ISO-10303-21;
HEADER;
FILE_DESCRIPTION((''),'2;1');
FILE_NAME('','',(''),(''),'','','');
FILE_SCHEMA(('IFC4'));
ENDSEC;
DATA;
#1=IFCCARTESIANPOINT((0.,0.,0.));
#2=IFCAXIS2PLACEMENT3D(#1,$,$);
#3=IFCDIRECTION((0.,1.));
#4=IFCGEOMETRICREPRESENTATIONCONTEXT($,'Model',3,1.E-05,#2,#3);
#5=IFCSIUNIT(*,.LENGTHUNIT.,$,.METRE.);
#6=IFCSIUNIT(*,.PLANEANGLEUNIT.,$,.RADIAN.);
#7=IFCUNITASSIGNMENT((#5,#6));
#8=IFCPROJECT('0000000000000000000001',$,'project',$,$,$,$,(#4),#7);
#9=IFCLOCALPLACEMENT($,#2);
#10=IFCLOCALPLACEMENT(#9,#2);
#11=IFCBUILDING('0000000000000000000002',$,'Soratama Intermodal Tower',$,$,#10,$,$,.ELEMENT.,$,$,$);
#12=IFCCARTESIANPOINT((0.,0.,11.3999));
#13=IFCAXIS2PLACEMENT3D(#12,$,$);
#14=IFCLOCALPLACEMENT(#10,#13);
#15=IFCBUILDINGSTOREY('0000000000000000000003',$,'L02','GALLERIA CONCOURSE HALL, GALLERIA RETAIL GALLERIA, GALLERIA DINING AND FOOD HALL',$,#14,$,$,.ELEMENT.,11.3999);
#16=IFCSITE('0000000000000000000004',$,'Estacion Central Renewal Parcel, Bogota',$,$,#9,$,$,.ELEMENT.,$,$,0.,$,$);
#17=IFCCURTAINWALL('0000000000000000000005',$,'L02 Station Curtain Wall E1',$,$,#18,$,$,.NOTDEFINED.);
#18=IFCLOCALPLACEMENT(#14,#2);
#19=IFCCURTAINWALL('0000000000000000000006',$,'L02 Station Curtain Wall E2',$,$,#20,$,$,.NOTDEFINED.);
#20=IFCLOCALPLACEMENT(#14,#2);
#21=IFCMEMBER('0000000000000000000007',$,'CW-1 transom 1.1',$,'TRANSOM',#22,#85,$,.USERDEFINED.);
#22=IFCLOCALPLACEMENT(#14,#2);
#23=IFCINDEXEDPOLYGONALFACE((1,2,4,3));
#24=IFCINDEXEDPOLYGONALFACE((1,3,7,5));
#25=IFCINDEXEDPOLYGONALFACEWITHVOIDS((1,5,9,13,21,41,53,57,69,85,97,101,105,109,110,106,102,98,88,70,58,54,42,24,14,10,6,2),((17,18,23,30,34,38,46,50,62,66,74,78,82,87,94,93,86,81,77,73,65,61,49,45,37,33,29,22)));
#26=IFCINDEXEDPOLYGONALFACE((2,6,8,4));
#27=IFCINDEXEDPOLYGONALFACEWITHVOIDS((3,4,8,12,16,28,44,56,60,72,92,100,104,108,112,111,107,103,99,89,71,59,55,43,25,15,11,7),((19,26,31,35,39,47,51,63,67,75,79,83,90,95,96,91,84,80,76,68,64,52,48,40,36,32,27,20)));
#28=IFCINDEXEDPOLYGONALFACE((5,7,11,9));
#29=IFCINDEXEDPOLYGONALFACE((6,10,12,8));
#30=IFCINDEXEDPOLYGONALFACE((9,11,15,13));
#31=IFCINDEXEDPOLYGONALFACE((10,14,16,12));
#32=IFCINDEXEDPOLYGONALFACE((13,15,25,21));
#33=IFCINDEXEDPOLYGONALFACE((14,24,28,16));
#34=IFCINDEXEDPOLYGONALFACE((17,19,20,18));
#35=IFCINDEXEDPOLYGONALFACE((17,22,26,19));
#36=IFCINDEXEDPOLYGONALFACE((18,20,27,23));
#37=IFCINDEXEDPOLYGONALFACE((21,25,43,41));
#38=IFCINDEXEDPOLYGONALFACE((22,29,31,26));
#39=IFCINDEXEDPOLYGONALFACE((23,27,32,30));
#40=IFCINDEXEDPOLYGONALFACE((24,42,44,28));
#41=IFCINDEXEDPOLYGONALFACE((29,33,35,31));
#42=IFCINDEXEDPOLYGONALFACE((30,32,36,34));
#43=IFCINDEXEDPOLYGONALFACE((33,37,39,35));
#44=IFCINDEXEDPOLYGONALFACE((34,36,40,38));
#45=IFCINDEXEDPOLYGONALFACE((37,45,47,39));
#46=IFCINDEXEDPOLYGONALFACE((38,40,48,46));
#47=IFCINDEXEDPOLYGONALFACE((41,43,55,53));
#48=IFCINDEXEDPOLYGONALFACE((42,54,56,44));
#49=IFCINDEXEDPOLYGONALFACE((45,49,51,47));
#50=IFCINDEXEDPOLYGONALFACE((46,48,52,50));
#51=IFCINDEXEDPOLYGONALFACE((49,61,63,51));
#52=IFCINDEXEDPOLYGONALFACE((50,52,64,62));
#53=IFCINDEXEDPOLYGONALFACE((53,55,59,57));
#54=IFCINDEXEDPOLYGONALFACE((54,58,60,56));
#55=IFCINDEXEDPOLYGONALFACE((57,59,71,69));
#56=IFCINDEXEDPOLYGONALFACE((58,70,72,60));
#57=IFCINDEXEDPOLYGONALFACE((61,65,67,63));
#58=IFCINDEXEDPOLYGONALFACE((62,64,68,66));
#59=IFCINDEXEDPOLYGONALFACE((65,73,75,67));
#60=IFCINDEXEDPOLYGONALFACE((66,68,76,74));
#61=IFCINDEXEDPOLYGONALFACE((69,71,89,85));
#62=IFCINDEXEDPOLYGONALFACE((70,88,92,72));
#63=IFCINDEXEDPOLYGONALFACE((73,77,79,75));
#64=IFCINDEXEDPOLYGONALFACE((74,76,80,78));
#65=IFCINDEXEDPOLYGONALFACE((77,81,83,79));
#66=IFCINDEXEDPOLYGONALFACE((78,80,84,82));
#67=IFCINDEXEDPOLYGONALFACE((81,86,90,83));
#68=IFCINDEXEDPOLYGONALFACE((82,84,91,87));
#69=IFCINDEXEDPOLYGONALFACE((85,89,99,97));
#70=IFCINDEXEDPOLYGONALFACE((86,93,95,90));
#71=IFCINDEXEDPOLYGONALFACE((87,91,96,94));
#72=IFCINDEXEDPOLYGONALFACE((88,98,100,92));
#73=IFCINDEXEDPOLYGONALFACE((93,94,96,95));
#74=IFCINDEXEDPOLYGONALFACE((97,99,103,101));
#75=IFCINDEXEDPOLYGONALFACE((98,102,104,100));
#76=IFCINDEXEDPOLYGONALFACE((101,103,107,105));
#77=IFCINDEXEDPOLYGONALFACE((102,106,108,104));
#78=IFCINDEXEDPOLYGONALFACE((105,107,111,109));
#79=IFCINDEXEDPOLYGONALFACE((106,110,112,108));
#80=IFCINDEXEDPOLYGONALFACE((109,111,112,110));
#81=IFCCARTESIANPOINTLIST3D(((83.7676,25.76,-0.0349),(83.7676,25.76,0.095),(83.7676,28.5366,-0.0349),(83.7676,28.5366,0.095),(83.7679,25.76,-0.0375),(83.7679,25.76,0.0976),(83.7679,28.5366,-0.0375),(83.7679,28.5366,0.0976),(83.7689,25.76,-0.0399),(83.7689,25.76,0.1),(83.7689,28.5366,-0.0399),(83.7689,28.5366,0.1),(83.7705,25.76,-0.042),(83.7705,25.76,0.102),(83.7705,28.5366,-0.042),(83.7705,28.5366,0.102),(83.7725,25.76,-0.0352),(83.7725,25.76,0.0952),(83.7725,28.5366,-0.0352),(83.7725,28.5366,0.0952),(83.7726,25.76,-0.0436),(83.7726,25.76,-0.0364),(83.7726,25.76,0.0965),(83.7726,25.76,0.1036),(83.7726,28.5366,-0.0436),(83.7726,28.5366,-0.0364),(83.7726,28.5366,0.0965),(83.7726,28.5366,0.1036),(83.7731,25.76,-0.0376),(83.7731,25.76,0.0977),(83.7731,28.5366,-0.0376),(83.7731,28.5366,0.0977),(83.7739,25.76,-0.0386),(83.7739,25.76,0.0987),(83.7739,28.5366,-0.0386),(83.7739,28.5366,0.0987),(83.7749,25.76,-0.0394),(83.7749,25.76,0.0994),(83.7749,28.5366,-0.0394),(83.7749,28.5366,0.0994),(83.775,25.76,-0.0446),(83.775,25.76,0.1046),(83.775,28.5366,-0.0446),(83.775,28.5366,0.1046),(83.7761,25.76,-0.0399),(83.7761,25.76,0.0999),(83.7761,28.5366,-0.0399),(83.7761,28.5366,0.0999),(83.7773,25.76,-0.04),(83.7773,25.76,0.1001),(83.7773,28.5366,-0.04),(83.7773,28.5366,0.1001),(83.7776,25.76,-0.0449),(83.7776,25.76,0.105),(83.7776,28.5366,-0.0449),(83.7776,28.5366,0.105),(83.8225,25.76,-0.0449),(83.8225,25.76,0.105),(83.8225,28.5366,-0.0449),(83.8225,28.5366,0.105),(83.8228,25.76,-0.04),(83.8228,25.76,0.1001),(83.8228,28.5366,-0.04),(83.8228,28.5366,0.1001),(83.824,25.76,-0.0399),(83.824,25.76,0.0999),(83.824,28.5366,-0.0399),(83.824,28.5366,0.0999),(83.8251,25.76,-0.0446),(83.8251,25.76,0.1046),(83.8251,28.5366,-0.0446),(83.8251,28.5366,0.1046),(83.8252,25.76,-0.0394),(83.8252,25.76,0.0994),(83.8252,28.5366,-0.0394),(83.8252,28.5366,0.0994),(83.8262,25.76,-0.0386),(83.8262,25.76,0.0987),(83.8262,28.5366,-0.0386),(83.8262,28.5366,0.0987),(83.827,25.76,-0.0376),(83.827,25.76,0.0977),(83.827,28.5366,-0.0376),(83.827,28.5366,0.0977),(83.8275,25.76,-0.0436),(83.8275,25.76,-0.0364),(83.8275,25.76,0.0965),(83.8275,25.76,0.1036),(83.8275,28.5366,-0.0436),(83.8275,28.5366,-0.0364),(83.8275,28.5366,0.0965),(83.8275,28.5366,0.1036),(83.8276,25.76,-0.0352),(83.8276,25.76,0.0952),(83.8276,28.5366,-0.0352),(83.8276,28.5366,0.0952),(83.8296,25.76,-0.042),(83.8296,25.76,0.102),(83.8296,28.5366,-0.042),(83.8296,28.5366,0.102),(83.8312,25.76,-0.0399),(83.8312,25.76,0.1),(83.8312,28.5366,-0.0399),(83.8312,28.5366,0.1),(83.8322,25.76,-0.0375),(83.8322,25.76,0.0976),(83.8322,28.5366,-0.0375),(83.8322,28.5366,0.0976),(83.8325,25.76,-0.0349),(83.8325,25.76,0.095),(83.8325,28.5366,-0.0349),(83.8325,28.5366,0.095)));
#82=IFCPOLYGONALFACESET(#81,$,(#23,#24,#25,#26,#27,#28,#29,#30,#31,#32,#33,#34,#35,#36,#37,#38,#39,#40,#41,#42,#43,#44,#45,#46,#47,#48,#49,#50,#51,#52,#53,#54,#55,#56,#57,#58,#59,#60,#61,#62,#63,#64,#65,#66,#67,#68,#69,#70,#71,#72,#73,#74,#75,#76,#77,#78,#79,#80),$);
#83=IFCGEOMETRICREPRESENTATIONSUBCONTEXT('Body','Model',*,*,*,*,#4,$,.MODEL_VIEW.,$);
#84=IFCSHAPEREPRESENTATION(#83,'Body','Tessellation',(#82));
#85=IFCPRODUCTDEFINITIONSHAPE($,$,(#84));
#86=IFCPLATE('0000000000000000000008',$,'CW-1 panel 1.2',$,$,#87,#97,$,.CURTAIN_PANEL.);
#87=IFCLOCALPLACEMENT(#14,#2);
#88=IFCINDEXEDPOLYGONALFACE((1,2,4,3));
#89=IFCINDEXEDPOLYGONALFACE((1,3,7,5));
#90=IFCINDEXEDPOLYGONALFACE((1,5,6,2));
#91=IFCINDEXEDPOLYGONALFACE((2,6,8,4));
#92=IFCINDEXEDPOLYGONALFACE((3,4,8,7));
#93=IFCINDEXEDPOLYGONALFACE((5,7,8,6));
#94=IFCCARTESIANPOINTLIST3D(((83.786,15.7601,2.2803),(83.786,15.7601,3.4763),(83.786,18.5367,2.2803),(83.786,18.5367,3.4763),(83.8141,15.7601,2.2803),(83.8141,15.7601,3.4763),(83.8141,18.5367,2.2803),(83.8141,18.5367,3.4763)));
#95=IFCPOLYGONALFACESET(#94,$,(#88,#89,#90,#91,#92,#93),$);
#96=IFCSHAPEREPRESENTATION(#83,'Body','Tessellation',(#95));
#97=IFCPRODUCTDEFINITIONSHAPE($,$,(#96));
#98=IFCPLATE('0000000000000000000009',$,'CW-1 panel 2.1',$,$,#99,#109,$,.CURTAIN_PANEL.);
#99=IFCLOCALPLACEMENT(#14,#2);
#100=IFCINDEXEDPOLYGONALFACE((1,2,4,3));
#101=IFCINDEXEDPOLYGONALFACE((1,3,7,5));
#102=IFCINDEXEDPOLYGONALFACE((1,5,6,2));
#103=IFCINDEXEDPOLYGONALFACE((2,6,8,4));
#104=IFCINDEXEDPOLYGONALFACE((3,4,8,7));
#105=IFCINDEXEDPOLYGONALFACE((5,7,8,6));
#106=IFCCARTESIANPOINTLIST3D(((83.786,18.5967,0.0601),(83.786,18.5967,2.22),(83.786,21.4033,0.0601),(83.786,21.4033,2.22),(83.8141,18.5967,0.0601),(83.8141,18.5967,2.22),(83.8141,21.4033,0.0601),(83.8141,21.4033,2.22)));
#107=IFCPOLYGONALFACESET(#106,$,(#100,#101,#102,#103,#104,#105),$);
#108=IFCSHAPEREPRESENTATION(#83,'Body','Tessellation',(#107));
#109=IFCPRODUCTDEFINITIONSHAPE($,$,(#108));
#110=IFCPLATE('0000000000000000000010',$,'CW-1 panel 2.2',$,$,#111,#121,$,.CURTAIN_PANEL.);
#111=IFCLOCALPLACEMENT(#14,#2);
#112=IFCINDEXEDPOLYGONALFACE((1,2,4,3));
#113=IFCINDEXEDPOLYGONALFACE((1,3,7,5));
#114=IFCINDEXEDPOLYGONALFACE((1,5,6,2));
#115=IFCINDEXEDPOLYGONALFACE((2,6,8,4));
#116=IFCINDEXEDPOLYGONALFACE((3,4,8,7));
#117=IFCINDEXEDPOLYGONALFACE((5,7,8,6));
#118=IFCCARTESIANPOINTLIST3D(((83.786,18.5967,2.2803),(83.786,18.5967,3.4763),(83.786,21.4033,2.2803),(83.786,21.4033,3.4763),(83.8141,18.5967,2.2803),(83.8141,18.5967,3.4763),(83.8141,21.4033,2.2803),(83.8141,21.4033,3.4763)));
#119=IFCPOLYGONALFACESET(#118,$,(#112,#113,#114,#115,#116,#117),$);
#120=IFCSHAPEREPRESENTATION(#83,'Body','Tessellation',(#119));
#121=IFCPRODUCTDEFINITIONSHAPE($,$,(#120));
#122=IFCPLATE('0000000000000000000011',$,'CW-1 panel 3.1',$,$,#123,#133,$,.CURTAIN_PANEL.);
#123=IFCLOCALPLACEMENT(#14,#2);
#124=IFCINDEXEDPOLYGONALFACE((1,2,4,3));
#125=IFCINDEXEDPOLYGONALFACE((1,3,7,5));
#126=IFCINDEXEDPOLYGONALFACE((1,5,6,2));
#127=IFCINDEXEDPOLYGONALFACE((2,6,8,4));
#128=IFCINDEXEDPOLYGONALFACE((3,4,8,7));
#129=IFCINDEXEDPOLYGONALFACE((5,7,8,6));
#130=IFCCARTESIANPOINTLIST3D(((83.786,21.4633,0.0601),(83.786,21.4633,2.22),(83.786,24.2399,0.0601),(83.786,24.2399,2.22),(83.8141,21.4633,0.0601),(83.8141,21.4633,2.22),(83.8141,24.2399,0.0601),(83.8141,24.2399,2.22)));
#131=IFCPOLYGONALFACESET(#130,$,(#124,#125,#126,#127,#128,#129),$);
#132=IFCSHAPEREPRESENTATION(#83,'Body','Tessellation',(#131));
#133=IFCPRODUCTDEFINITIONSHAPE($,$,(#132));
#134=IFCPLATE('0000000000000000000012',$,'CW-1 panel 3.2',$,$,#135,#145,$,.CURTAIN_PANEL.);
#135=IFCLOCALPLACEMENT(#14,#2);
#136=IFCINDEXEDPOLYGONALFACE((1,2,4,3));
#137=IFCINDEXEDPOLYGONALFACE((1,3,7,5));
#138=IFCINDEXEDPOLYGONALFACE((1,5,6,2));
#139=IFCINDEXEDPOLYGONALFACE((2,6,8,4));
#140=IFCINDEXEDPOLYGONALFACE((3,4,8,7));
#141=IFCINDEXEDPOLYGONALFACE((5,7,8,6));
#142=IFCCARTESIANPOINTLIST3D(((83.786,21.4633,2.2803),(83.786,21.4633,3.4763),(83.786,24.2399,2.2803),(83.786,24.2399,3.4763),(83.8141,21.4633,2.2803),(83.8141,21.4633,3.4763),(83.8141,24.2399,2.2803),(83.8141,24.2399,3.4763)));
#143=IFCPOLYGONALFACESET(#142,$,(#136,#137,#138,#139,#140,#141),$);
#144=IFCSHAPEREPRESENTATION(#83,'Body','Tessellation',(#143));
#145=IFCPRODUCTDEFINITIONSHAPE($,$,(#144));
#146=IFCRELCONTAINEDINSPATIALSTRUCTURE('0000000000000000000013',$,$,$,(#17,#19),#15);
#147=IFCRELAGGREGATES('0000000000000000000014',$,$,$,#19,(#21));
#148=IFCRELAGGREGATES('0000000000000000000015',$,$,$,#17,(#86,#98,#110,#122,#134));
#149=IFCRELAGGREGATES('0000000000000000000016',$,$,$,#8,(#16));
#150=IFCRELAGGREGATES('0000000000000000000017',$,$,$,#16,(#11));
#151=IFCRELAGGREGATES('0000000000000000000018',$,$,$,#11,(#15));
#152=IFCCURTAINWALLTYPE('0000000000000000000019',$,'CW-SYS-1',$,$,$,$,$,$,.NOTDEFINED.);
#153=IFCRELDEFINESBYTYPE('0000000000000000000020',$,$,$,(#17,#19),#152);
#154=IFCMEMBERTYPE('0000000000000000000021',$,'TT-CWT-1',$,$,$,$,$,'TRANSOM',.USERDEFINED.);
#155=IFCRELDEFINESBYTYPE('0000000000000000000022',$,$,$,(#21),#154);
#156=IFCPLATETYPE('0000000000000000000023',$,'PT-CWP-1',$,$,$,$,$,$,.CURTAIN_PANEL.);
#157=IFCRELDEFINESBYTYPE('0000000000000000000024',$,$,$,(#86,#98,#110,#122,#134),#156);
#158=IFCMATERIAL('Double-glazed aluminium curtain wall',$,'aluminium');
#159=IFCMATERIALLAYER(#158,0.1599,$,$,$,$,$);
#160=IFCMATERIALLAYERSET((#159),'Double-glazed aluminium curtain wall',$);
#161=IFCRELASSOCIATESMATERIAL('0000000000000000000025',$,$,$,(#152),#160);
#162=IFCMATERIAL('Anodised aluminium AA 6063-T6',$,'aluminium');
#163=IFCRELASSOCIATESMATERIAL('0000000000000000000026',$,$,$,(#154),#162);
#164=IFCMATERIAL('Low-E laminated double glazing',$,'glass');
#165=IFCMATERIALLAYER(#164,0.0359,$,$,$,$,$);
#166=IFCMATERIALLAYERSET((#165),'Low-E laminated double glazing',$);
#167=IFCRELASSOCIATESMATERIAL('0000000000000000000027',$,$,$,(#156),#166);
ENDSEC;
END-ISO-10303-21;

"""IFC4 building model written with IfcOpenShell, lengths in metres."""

from ifc_helpers import new_model, si_unit, direction, frame, origin, origin_2d, place, context, subcontext, project, spatial, rectangle, hollow_rectangle, extrude, material, layer, layer_set, material_profile, profile_set, type_object, element, aggregate, save


model = new_model("IFC4")

# Units and contexts
model_context = context("Model", 3, precision=1e-05, world=origin(), true_north=direction((0.0, 1.0)))
body_context = subcontext(model_context, "Body", "Model", "MODEL_VIEW")
ifc_project = project(units=[si_unit("LENGTHUNIT", "METRE"), si_unit("PLANEANGLEUNIT", "RADIAN")], contexts=[model_context])

# Site, building, storey
site_placement = place(None, origin())
site = spatial("IfcSite", under=ifc_project, at=site_placement, Name="Estacion Central Renewal Parcel, Bogota", CompositionType="ELEMENT", RefElevation=0.0)
building_placement = place(site_placement, origin())
building = spatial("IfcBuilding", under=site, at=building_placement, Name="Soratama Intermodal Tower", CompositionType="ELEMENT")
storey_placement = place(building_placement, frame((0.0, 0.0, 11.3999)))
storey = spatial("IfcBuildingStorey", under=building, at=storey_placement, Name="L02", Description="GALLERIA CONCOURSE HALL, GALLERIA RETAIL GALLERIA, GALLERIA DINING AND FOOD HALL", CompositionType="ELEMENT", Elevation=11.3999)

# Curtain wall
ifc_material_1 = material(Name="Double-glazed aluminium curtain wall", Category="aluminium")
ifc_layer_1 = layer(ifc_material_1, 0.1599)
ifc_layer_set_1 = layer_set([ifc_layer_1], Name="Double-glazed aluminium curtain wall")
curtain_wall_type = type_object("IfcCurtainWallType", Name="CW-SYS-1", PredefinedType="NOTDEFINED", material=ifc_layer_set_1)
curtain_wall_1_placement = place(storey_placement, origin())
curtain_wall_1 = element("IfcCurtainWall", 1, at=curtain_wall_1_placement, inside=storey, type_object=curtain_wall_type, Name="L02 Station Curtain Wall E1", PredefinedType="NOTDEFINED")

# Curtain wall
curtain_wall_2_placement = place(storey_placement, origin())
curtain_wall_2 = element("IfcCurtainWall", 2, at=curtain_wall_2_placement, inside=storey, type_object=curtain_wall_type, Name="L02 Station Curtain Wall E2", PredefinedType="NOTDEFINED")

# Member
ifc_material_2 = material(Name="Anodised aluminium AA 6063-T6", Category="aluminium")
ifc_material_profile_1 = material_profile(ifc_material_2, hollow_rectangle(XDim=0.0649, YDim=0.1499, WallThickness=0.0049, InnerFilletRadius=0.0049, OuterFilletRadius=0.01, at=origin_2d()), Name="CWT150X65X5")
ifc_profile_set_1 = profile_set([ifc_material_profile_1], Name="Anodised aluminium AA 6063-T6")
member_type_1 = type_object("IfcMemberType", Name="TT-CWT-1", ElementType="TRANSOM", PredefinedType="USERDEFINED", material=ifc_profile_set_1)
member_1_placement = place(storey_placement, frame((83.8, 25.76, 0.03), z_axis=(0.0, 1.0, 0.0), x_axis=(-1.0, 0.0, 0.0)))
member_1 = element("IfcMember", 3, at=member_1_placement, type_object=member_type_1, Name="CW-1 transom 1.1", ObjectType="TRANSOM", PredefinedType="USERDEFINED", context=body_context, shape_type="SweptSolid", body=[
    extrude(hollow_rectangle(XDim=0.0649, YDim=0.1499, WallThickness=0.0049, InnerFilletRadius=0.0049, OuterFilletRadius=0.01, at=origin_2d()), origin(), (0.0, 0.0, 1.0), 2.7766),
])
aggregate(curtain_wall_2, [member_1])

# Plates
ifc_material_3 = material(Name="Low-E laminated double glazing", Category="glass")
ifc_layer_2 = layer(ifc_material_3, 0.0359)
ifc_layer_set_2 = layer_set([ifc_layer_2], Name="Low-E laminated double glazing")
plate_type = type_object("IfcPlateType", Name="PT-CWP-1", PredefinedType="CURTAIN_PANEL", material=ifc_layer_set_2)
plate_1_placement = place(storey_placement, frame((83.8, 17.1484, 2.2803), z_axis=(0.0, 0.0, 1.0), x_axis=(0.0, 1.0, 0.0)))
plate_1 = element("IfcPlate", 4, at=plate_1_placement, type_object=plate_type, Name="CW-1 panel 1.2", PredefinedType="CURTAIN_PANEL", context=body_context, shape_type="SweptSolid", body=[
    extrude(rectangle(XDim=2.7766, YDim=0.0281, at=origin_2d()), origin(), (0.0, 0.0, 1.0), 1.196),
])
plate_2_placement = place(storey_placement, frame((83.8, 20.0, 0.0601), z_axis=(0.0, 0.0, 1.0), x_axis=(0.0, 1.0, 0.0)))
plate_2 = element("IfcPlate", 5, at=plate_2_placement, type_object=plate_type, Name="CW-1 panel 2.1", PredefinedType="CURTAIN_PANEL", context=body_context, shape_type="SweptSolid", body=[
    extrude(rectangle(XDim=2.8066, YDim=0.0281, at=origin_2d()), origin(), (0.0, 0.0, 1.0), 2.1599),
])
plate_3_placement = place(storey_placement, frame((83.8, 20.0, 2.2803), z_axis=(0.0, 0.0, 1.0), x_axis=(0.0, 1.0, 0.0)))
plate_3 = element("IfcPlate", 6, at=plate_3_placement, type_object=plate_type, Name="CW-1 panel 2.2", PredefinedType="CURTAIN_PANEL", context=body_context, shape_type="SweptSolid", body=[
    extrude(rectangle(XDim=2.8066, YDim=0.0281, at=origin_2d()), origin(), (0.0, 0.0, 1.0), 1.196),
])
plate_4_placement = place(storey_placement, frame((83.8, 22.8516, 0.0601), z_axis=(0.0, 0.0, 1.0), x_axis=(0.0, 1.0, 0.0)))
plate_4 = element("IfcPlate", 7, at=plate_4_placement, type_object=plate_type, Name="CW-1 panel 3.1", PredefinedType="CURTAIN_PANEL", context=body_context, shape_type="SweptSolid", body=[
    extrude(rectangle(XDim=2.7766, YDim=0.0281, at=origin_2d()), origin(), (0.0, 0.0, 1.0), 2.1599),
])
plate_5_placement = place(storey_placement, frame((83.8, 22.8516, 2.2803), z_axis=(0.0, 0.0, 1.0), x_axis=(0.0, 1.0, 0.0)))
plate_5 = element("IfcPlate", 8, at=plate_5_placement, type_object=plate_type, Name="CW-1 panel 3.2", PredefinedType="CURTAIN_PANEL", context=body_context, shape_type="SweptSolid", body=[
    extrude(rectangle(XDim=2.7766, YDim=0.0281, at=origin_2d()), origin(), (0.0, 0.0, 1.0), 1.196),
])
aggregate(curtain_wall_1, [plate_1, plate_2, plate_3, plate_4, plate_5])

save(model, "model.ifc")
